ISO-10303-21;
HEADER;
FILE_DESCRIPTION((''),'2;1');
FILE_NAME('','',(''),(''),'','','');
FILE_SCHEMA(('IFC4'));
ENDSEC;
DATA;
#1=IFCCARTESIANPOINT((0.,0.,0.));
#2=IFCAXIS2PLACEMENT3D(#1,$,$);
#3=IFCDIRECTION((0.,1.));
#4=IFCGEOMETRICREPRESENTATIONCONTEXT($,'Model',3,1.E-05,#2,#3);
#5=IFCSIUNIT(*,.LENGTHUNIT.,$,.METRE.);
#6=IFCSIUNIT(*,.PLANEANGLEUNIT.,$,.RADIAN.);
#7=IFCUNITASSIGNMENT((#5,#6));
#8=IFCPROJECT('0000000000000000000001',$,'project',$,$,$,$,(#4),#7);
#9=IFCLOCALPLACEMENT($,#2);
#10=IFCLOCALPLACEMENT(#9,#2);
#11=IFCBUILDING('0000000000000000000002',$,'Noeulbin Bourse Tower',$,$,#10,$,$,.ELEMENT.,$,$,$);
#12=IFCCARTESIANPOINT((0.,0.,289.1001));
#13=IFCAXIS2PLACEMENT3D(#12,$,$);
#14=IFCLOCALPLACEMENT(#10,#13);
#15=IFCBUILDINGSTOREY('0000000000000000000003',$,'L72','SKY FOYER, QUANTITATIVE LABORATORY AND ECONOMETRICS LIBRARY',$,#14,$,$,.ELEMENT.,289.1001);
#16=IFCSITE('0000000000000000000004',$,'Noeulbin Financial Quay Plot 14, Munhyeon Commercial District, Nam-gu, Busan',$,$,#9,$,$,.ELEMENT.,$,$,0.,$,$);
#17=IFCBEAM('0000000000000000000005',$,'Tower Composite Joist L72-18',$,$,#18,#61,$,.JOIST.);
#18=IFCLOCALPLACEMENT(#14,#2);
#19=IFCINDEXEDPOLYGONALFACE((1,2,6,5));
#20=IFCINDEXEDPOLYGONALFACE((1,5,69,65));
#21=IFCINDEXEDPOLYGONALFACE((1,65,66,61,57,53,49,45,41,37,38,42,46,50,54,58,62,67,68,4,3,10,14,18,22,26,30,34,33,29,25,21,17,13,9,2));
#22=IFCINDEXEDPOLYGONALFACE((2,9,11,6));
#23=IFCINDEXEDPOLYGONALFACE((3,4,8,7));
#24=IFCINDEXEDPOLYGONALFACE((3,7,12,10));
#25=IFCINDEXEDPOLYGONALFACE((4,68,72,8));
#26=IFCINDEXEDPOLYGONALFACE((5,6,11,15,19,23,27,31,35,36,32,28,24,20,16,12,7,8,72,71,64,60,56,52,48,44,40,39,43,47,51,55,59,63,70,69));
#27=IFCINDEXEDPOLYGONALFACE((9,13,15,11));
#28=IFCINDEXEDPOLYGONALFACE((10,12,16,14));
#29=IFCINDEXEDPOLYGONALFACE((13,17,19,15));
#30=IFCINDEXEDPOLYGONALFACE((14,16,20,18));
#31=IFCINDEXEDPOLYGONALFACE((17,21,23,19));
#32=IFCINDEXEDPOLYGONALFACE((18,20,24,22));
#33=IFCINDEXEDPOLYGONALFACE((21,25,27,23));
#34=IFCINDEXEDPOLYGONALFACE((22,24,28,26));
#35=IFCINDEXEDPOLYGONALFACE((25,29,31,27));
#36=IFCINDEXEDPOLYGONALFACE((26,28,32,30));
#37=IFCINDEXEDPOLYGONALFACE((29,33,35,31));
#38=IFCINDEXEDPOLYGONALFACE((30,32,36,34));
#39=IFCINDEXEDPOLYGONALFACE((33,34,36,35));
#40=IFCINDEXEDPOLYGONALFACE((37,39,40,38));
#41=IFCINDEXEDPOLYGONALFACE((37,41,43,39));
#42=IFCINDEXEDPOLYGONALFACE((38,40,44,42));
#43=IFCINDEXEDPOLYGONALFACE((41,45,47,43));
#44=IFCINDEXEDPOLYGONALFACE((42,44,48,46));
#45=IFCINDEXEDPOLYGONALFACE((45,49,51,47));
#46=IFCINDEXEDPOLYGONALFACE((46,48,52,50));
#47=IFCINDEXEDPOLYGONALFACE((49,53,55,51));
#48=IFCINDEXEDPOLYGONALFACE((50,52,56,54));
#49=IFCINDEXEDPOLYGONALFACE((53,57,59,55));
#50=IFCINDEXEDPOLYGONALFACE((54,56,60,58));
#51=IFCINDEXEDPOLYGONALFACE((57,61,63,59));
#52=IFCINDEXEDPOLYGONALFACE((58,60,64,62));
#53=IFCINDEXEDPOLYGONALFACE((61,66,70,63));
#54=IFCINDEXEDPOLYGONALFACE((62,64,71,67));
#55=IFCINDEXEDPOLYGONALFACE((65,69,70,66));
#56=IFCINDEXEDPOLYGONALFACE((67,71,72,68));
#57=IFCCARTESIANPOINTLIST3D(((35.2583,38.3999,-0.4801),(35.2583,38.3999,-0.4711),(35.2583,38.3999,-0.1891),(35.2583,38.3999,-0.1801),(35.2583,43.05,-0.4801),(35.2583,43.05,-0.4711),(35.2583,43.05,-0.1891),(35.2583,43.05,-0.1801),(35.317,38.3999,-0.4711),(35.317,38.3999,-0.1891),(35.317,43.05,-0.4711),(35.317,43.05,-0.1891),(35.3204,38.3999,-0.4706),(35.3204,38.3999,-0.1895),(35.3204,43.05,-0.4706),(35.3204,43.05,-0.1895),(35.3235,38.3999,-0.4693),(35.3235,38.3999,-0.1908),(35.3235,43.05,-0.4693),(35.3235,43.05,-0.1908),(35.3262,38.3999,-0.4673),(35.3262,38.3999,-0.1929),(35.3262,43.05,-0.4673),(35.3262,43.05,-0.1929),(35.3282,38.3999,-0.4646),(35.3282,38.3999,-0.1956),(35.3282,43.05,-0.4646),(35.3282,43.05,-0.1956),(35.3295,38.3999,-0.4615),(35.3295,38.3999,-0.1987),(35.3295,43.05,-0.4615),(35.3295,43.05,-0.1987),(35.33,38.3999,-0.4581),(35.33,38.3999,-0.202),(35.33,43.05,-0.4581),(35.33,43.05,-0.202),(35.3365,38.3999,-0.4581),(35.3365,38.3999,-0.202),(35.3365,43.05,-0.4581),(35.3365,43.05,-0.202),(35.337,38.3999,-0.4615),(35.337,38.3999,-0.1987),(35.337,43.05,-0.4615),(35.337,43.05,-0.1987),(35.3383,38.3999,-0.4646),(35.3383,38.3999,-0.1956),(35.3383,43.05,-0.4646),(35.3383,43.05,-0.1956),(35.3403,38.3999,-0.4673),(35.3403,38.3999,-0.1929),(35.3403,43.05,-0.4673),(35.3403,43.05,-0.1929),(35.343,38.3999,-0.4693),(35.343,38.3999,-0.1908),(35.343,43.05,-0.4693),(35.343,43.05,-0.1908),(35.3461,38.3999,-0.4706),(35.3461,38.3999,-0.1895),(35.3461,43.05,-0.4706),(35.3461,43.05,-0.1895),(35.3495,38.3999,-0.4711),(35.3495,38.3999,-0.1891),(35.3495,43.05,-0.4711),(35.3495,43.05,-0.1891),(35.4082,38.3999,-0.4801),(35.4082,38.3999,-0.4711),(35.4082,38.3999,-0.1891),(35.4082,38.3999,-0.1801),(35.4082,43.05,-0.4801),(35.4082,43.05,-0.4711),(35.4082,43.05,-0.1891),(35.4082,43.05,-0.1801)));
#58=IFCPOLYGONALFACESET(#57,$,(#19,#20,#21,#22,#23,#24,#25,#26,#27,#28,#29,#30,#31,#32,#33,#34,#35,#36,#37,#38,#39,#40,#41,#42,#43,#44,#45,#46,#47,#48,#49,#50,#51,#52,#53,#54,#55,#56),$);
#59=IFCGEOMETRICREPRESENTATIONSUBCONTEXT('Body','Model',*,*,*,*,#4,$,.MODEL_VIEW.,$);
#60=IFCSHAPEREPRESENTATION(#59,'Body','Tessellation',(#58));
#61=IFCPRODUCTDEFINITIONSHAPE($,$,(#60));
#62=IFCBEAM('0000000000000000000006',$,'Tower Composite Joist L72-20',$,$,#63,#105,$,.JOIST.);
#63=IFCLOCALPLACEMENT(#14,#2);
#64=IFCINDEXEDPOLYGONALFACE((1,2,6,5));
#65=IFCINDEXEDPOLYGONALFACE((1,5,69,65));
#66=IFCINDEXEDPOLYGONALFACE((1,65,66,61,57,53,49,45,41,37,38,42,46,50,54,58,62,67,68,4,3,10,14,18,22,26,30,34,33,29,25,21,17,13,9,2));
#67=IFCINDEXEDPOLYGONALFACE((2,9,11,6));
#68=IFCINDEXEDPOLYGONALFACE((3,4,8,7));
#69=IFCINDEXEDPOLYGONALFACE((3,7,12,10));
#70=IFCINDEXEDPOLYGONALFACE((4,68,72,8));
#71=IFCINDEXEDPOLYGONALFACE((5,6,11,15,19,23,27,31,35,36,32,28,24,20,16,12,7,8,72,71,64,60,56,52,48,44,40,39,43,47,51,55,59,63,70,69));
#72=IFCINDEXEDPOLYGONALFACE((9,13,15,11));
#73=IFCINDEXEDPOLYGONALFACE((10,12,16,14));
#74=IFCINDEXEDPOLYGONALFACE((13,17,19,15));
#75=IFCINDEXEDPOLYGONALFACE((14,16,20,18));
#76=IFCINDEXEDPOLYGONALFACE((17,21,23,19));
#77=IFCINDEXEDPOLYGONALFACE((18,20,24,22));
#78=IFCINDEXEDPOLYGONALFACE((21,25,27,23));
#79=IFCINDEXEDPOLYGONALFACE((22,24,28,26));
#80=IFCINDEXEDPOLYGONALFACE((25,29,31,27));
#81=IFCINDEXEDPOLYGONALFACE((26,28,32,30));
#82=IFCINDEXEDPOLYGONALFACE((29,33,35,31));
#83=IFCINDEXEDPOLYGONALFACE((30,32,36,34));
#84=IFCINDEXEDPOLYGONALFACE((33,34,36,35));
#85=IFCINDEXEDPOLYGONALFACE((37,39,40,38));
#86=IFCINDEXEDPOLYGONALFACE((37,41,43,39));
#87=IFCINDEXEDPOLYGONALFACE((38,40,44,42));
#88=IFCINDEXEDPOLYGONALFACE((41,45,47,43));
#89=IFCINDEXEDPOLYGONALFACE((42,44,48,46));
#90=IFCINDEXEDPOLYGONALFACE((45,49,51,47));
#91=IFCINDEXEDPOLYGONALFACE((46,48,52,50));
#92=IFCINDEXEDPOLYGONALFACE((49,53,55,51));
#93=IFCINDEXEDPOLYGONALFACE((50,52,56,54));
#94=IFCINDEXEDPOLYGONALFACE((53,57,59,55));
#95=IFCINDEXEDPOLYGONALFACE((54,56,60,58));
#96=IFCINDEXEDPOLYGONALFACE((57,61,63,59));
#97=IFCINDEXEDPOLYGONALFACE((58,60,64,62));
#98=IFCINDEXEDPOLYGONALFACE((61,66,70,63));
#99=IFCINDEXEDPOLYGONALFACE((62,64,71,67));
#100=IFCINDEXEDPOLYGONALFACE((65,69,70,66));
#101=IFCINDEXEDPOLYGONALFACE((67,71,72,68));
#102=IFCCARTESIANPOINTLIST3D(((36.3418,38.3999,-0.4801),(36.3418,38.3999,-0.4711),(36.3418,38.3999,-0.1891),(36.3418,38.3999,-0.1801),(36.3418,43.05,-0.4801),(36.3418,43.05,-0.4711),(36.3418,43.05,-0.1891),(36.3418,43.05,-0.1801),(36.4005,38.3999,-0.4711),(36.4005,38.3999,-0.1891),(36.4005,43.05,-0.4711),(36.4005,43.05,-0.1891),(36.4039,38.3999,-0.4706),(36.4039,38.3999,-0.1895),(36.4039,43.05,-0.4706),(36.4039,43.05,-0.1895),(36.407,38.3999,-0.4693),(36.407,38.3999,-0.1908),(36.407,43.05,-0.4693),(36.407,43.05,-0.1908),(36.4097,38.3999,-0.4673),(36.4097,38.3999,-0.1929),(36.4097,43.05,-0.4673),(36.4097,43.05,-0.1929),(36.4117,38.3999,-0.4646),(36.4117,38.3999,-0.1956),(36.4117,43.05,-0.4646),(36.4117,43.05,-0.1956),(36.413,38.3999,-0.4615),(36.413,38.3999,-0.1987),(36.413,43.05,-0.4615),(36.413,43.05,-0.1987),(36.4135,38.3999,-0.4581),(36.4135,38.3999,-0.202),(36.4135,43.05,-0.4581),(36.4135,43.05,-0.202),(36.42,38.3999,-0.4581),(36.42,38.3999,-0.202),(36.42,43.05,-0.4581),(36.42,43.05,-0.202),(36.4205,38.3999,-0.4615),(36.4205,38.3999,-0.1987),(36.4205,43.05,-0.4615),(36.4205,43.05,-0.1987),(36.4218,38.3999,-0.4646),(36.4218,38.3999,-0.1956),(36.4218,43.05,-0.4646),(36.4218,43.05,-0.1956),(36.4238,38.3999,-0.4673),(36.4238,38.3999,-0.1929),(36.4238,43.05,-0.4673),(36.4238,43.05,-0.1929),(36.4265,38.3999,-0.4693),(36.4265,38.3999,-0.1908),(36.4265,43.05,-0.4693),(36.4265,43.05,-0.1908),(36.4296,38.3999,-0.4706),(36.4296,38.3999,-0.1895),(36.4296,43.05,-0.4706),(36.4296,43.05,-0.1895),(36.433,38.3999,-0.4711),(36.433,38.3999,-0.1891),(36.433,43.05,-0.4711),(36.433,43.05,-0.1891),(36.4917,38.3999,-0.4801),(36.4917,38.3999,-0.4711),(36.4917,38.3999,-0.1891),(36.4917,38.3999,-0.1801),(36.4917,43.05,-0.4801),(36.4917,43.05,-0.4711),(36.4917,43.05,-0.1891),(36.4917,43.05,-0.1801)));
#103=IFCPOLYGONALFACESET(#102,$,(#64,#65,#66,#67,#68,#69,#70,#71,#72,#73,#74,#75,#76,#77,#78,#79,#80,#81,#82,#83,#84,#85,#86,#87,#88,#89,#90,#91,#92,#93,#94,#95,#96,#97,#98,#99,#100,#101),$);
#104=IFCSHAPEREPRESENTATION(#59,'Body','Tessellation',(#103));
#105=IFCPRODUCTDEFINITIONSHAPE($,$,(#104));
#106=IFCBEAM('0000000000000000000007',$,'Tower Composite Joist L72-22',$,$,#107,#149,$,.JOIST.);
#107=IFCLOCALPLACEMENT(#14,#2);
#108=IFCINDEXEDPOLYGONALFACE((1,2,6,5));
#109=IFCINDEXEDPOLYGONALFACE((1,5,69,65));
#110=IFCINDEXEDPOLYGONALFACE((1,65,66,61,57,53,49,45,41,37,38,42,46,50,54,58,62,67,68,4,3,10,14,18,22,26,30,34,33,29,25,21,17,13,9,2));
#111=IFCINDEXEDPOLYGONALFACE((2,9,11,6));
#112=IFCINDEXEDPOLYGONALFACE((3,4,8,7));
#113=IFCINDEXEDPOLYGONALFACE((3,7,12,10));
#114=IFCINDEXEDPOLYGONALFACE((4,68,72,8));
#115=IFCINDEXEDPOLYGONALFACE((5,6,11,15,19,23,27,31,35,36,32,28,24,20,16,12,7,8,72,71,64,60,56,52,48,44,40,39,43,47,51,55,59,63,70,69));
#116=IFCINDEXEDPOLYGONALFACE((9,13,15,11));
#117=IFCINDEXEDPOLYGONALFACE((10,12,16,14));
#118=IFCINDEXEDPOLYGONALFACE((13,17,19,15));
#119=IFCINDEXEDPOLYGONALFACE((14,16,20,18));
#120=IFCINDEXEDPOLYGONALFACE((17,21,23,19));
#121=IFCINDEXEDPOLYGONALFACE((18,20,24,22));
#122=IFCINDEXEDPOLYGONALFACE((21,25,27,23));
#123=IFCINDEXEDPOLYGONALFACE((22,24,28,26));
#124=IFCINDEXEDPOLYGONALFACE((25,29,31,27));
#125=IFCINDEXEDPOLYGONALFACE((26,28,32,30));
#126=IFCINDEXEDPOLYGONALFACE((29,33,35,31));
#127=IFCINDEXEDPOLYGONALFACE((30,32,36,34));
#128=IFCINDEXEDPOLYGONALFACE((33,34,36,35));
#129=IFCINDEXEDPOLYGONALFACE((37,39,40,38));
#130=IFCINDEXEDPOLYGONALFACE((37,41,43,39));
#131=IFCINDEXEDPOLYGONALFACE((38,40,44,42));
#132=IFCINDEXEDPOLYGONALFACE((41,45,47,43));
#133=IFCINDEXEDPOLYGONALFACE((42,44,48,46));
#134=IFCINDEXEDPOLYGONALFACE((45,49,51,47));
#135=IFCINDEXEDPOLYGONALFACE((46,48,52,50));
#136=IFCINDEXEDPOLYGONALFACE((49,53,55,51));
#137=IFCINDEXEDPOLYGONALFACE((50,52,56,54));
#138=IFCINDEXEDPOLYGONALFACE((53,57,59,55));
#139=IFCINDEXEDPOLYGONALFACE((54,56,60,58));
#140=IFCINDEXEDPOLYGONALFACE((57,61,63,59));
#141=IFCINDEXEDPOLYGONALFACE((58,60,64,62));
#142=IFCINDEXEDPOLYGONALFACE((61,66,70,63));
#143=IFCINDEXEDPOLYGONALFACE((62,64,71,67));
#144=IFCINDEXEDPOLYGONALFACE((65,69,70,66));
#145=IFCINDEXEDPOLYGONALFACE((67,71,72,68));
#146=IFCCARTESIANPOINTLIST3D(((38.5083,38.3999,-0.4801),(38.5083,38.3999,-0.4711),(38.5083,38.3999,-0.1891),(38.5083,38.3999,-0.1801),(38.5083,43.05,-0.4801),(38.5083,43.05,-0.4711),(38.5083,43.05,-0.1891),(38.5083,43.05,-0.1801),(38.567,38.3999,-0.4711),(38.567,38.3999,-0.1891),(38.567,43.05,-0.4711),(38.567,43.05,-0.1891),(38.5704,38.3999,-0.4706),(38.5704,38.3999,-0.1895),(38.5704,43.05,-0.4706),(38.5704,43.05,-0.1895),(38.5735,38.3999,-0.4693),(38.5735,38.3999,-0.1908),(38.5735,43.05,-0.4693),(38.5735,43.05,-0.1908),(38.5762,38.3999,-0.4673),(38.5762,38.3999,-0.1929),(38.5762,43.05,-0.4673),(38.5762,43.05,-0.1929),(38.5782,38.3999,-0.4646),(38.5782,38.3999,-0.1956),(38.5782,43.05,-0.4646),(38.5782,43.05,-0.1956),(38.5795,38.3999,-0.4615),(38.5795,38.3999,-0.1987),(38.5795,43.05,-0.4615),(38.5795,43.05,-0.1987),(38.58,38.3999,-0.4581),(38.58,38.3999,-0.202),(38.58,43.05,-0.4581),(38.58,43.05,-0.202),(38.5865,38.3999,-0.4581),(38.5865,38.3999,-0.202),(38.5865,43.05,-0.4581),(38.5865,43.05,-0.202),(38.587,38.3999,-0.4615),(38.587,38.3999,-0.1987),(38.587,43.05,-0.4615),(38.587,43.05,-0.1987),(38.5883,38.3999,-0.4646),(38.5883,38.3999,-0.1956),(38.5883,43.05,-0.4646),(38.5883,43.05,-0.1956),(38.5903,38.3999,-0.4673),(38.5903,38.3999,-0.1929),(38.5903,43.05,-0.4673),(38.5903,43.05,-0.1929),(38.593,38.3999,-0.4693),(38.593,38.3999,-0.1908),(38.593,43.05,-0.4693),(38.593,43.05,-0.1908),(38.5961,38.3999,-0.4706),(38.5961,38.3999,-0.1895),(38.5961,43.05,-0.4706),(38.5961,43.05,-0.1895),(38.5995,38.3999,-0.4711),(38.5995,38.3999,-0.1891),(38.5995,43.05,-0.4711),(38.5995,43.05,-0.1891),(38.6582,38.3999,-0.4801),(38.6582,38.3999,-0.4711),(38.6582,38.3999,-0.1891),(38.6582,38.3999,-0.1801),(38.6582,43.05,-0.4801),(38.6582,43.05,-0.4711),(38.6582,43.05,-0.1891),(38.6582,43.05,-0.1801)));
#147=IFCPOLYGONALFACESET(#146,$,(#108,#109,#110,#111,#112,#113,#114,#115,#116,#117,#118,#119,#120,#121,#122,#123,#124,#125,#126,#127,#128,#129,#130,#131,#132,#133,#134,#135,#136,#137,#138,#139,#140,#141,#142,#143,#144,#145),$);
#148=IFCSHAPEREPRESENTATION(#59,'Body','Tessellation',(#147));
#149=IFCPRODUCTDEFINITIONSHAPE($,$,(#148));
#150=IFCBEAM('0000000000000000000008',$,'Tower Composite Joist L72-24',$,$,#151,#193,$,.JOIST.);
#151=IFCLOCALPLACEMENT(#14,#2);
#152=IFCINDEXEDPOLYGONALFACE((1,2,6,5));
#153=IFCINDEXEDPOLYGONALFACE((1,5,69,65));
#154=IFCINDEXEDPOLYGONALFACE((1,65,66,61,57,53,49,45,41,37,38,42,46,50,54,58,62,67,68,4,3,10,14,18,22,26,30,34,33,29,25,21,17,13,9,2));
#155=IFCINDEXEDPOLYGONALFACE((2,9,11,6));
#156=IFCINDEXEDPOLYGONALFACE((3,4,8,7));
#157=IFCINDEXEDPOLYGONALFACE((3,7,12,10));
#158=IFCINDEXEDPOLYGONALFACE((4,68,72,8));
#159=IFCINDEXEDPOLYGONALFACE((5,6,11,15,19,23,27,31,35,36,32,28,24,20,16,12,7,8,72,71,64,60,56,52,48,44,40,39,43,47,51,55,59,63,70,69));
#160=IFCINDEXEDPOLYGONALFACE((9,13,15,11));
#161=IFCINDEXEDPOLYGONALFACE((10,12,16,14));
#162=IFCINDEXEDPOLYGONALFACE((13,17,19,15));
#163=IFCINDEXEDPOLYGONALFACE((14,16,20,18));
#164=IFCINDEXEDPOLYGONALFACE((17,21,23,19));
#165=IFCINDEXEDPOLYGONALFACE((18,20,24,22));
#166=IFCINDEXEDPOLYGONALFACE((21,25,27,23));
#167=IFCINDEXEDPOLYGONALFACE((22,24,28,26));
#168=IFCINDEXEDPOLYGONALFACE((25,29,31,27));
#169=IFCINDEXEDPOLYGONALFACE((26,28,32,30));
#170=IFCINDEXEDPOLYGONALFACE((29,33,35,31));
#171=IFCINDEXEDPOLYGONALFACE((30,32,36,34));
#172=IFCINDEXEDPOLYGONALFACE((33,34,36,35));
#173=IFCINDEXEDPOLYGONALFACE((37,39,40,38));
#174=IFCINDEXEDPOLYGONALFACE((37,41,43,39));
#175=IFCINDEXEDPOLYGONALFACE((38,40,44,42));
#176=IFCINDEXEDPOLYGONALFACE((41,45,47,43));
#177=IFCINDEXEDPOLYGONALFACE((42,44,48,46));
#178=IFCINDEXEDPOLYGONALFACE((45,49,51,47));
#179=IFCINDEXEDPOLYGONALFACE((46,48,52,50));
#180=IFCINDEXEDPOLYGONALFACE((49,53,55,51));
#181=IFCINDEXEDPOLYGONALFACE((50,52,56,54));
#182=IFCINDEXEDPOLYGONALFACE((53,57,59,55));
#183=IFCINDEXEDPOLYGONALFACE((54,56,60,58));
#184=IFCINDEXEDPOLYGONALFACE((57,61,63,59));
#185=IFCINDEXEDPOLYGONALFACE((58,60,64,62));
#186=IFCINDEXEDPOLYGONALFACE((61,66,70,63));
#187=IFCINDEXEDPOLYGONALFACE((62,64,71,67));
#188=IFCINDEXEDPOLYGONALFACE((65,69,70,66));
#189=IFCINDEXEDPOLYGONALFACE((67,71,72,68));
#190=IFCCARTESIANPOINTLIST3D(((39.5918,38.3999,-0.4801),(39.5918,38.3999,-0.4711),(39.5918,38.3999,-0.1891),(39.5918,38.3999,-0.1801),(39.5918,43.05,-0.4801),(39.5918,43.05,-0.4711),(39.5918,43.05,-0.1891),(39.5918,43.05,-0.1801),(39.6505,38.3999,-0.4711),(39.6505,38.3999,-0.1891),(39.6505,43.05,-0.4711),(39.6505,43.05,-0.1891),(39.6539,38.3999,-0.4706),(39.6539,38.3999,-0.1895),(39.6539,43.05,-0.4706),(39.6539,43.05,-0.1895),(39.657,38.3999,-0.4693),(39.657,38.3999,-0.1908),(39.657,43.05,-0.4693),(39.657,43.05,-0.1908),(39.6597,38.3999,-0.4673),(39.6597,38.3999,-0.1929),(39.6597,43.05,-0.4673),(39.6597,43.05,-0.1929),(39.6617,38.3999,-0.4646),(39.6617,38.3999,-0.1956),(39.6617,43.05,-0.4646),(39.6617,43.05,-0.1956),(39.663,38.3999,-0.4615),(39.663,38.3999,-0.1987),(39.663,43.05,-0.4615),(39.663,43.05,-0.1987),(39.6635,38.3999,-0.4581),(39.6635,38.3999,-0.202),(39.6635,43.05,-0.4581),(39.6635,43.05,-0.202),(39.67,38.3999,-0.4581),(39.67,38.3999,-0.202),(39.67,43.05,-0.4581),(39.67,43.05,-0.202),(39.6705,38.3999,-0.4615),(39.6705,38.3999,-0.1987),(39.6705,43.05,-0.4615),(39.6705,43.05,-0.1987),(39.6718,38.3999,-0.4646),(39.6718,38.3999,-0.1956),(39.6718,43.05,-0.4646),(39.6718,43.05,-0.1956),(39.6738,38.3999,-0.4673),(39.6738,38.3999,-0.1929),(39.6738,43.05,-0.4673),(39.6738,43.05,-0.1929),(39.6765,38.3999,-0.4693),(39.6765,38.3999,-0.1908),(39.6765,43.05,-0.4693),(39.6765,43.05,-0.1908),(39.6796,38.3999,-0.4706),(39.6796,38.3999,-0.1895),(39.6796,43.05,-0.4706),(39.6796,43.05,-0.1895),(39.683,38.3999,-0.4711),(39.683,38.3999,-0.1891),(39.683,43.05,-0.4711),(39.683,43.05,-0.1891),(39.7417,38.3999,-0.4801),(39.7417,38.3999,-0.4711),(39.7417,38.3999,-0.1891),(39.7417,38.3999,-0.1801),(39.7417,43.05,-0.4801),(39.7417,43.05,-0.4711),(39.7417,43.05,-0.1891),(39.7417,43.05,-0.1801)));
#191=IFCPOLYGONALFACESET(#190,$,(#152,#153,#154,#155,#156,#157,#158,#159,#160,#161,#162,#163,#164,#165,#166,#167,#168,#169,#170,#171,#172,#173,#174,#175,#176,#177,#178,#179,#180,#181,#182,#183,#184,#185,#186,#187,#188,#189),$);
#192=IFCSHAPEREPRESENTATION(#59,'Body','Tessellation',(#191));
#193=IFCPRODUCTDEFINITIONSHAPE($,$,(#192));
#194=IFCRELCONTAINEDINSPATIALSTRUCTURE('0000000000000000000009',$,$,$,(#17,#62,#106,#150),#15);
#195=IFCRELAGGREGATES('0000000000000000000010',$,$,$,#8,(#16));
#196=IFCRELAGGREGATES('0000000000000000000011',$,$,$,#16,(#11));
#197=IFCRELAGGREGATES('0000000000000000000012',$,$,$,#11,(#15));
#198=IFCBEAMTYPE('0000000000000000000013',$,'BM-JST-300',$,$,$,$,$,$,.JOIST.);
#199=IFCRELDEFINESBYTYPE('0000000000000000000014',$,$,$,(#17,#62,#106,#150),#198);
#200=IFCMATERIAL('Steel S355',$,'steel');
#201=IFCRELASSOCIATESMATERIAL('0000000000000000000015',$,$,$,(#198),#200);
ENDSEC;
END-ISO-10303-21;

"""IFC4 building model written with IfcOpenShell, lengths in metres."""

from ifc_helpers import new_model, si_unit, direction, frame, origin, origin_2d, place, context, subcontext, project, spatial, i_section, extrude, material, material_profile, profile_set, type_object, element, save


model = new_model("IFC4")

# Units and contexts
model_context = context("Model", 3, precision=1e-05, world=origin(), true_north=direction((0.0, 1.0)))
body_context = subcontext(model_context, "Body", "Model", "MODEL_VIEW")
ifc_project = project(units=[si_unit("LENGTHUNIT", "METRE"), si_unit("PLANEANGLEUNIT", "RADIAN")], contexts=[model_context])

# Site, building, storey
site_placement = place(None, origin())
site = spatial("IfcSite", under=ifc_project, at=site_placement, Name="Noeulbin Financial Quay Plot 14, Munhyeon Commercial District, Nam-gu, Busan", CompositionType="ELEMENT", RefElevation=0.0)
building_placement = place(site_placement, origin())
building = spatial("IfcBuilding", under=site, at=building_placement, Name="Noeulbin Bourse Tower", CompositionType="ELEMENT")
storey_placement = place(building_placement, frame((0.0, 0.0, 289.1001)))
storey = spatial("IfcBuildingStorey", under=building, at=storey_placement, Name="L72", Description="SKY FOYER, QUANTITATIVE LABORATORY AND ECONOMETRICS LIBRARY", CompositionType="ELEMENT", Elevation=289.1001)

# Shared definitions
ifc_material_1 = material(Name="Steel S355", Category="steel")

# Beams
ifc_material_profile_1 = material_profile(ifc_material_1, i_section(OverallWidth=0.1499, OverallDepth=0.3, WebThickness=0.0066, FlangeThickness=0.009, FilletRadius=0.0129, at=origin_2d()), Name="H-300x150x6.5x9", Category="LoadBearing")
ifc_profile_set_1 = profile_set([ifc_material_profile_1], Name="Steel S355")
beam_type_1 = type_object("IfcBeamType", Name="BM-JST-300", PredefinedType="JOIST", material=ifc_profile_set_1)
for number, where, z_axis, x_axis, name in (
    (1, (35.3333, 38.3999, -0.3301), (0.0, 1.0, 0.0), (-1.0, 0.0, 0.0), "Tower Composite Joist L72-18"),
    (2, (36.4167, 38.3999, -0.3301), (0.0, 1.0, 0.0), (-1.0, 0.0, 0.0), "Tower Composite Joist L72-20"),
    (3, (38.5833, 38.3999, -0.3301), (0.0, 1.0, 0.0), (-1.0, 0.0, 0.0), "Tower Composite Joist L72-22"),
    (4, (39.6667, 38.3999, -0.3301), (0.0, 1.0, 0.0), (-1.0, 0.0, 0.0), "Tower Composite Joist L72-24"),
):
    element("IfcBeam", number, at=place(storey_placement, frame(where, z_axis=z_axis, x_axis=x_axis)), inside=storey, type_object=beam_type_1, Name=name, PredefinedType="JOIST", context=body_context, shape_type="SweptSolid", body=[
        extrude(i_section(OverallWidth=0.1499, OverallDepth=0.3, WebThickness=0.0066, FlangeThickness=0.009, FilletRadius=0.0129, at=origin_2d()), origin(), (0.0, 0.0, 1.0), 4.6501),
    ])

save(model, "model.ifc")
